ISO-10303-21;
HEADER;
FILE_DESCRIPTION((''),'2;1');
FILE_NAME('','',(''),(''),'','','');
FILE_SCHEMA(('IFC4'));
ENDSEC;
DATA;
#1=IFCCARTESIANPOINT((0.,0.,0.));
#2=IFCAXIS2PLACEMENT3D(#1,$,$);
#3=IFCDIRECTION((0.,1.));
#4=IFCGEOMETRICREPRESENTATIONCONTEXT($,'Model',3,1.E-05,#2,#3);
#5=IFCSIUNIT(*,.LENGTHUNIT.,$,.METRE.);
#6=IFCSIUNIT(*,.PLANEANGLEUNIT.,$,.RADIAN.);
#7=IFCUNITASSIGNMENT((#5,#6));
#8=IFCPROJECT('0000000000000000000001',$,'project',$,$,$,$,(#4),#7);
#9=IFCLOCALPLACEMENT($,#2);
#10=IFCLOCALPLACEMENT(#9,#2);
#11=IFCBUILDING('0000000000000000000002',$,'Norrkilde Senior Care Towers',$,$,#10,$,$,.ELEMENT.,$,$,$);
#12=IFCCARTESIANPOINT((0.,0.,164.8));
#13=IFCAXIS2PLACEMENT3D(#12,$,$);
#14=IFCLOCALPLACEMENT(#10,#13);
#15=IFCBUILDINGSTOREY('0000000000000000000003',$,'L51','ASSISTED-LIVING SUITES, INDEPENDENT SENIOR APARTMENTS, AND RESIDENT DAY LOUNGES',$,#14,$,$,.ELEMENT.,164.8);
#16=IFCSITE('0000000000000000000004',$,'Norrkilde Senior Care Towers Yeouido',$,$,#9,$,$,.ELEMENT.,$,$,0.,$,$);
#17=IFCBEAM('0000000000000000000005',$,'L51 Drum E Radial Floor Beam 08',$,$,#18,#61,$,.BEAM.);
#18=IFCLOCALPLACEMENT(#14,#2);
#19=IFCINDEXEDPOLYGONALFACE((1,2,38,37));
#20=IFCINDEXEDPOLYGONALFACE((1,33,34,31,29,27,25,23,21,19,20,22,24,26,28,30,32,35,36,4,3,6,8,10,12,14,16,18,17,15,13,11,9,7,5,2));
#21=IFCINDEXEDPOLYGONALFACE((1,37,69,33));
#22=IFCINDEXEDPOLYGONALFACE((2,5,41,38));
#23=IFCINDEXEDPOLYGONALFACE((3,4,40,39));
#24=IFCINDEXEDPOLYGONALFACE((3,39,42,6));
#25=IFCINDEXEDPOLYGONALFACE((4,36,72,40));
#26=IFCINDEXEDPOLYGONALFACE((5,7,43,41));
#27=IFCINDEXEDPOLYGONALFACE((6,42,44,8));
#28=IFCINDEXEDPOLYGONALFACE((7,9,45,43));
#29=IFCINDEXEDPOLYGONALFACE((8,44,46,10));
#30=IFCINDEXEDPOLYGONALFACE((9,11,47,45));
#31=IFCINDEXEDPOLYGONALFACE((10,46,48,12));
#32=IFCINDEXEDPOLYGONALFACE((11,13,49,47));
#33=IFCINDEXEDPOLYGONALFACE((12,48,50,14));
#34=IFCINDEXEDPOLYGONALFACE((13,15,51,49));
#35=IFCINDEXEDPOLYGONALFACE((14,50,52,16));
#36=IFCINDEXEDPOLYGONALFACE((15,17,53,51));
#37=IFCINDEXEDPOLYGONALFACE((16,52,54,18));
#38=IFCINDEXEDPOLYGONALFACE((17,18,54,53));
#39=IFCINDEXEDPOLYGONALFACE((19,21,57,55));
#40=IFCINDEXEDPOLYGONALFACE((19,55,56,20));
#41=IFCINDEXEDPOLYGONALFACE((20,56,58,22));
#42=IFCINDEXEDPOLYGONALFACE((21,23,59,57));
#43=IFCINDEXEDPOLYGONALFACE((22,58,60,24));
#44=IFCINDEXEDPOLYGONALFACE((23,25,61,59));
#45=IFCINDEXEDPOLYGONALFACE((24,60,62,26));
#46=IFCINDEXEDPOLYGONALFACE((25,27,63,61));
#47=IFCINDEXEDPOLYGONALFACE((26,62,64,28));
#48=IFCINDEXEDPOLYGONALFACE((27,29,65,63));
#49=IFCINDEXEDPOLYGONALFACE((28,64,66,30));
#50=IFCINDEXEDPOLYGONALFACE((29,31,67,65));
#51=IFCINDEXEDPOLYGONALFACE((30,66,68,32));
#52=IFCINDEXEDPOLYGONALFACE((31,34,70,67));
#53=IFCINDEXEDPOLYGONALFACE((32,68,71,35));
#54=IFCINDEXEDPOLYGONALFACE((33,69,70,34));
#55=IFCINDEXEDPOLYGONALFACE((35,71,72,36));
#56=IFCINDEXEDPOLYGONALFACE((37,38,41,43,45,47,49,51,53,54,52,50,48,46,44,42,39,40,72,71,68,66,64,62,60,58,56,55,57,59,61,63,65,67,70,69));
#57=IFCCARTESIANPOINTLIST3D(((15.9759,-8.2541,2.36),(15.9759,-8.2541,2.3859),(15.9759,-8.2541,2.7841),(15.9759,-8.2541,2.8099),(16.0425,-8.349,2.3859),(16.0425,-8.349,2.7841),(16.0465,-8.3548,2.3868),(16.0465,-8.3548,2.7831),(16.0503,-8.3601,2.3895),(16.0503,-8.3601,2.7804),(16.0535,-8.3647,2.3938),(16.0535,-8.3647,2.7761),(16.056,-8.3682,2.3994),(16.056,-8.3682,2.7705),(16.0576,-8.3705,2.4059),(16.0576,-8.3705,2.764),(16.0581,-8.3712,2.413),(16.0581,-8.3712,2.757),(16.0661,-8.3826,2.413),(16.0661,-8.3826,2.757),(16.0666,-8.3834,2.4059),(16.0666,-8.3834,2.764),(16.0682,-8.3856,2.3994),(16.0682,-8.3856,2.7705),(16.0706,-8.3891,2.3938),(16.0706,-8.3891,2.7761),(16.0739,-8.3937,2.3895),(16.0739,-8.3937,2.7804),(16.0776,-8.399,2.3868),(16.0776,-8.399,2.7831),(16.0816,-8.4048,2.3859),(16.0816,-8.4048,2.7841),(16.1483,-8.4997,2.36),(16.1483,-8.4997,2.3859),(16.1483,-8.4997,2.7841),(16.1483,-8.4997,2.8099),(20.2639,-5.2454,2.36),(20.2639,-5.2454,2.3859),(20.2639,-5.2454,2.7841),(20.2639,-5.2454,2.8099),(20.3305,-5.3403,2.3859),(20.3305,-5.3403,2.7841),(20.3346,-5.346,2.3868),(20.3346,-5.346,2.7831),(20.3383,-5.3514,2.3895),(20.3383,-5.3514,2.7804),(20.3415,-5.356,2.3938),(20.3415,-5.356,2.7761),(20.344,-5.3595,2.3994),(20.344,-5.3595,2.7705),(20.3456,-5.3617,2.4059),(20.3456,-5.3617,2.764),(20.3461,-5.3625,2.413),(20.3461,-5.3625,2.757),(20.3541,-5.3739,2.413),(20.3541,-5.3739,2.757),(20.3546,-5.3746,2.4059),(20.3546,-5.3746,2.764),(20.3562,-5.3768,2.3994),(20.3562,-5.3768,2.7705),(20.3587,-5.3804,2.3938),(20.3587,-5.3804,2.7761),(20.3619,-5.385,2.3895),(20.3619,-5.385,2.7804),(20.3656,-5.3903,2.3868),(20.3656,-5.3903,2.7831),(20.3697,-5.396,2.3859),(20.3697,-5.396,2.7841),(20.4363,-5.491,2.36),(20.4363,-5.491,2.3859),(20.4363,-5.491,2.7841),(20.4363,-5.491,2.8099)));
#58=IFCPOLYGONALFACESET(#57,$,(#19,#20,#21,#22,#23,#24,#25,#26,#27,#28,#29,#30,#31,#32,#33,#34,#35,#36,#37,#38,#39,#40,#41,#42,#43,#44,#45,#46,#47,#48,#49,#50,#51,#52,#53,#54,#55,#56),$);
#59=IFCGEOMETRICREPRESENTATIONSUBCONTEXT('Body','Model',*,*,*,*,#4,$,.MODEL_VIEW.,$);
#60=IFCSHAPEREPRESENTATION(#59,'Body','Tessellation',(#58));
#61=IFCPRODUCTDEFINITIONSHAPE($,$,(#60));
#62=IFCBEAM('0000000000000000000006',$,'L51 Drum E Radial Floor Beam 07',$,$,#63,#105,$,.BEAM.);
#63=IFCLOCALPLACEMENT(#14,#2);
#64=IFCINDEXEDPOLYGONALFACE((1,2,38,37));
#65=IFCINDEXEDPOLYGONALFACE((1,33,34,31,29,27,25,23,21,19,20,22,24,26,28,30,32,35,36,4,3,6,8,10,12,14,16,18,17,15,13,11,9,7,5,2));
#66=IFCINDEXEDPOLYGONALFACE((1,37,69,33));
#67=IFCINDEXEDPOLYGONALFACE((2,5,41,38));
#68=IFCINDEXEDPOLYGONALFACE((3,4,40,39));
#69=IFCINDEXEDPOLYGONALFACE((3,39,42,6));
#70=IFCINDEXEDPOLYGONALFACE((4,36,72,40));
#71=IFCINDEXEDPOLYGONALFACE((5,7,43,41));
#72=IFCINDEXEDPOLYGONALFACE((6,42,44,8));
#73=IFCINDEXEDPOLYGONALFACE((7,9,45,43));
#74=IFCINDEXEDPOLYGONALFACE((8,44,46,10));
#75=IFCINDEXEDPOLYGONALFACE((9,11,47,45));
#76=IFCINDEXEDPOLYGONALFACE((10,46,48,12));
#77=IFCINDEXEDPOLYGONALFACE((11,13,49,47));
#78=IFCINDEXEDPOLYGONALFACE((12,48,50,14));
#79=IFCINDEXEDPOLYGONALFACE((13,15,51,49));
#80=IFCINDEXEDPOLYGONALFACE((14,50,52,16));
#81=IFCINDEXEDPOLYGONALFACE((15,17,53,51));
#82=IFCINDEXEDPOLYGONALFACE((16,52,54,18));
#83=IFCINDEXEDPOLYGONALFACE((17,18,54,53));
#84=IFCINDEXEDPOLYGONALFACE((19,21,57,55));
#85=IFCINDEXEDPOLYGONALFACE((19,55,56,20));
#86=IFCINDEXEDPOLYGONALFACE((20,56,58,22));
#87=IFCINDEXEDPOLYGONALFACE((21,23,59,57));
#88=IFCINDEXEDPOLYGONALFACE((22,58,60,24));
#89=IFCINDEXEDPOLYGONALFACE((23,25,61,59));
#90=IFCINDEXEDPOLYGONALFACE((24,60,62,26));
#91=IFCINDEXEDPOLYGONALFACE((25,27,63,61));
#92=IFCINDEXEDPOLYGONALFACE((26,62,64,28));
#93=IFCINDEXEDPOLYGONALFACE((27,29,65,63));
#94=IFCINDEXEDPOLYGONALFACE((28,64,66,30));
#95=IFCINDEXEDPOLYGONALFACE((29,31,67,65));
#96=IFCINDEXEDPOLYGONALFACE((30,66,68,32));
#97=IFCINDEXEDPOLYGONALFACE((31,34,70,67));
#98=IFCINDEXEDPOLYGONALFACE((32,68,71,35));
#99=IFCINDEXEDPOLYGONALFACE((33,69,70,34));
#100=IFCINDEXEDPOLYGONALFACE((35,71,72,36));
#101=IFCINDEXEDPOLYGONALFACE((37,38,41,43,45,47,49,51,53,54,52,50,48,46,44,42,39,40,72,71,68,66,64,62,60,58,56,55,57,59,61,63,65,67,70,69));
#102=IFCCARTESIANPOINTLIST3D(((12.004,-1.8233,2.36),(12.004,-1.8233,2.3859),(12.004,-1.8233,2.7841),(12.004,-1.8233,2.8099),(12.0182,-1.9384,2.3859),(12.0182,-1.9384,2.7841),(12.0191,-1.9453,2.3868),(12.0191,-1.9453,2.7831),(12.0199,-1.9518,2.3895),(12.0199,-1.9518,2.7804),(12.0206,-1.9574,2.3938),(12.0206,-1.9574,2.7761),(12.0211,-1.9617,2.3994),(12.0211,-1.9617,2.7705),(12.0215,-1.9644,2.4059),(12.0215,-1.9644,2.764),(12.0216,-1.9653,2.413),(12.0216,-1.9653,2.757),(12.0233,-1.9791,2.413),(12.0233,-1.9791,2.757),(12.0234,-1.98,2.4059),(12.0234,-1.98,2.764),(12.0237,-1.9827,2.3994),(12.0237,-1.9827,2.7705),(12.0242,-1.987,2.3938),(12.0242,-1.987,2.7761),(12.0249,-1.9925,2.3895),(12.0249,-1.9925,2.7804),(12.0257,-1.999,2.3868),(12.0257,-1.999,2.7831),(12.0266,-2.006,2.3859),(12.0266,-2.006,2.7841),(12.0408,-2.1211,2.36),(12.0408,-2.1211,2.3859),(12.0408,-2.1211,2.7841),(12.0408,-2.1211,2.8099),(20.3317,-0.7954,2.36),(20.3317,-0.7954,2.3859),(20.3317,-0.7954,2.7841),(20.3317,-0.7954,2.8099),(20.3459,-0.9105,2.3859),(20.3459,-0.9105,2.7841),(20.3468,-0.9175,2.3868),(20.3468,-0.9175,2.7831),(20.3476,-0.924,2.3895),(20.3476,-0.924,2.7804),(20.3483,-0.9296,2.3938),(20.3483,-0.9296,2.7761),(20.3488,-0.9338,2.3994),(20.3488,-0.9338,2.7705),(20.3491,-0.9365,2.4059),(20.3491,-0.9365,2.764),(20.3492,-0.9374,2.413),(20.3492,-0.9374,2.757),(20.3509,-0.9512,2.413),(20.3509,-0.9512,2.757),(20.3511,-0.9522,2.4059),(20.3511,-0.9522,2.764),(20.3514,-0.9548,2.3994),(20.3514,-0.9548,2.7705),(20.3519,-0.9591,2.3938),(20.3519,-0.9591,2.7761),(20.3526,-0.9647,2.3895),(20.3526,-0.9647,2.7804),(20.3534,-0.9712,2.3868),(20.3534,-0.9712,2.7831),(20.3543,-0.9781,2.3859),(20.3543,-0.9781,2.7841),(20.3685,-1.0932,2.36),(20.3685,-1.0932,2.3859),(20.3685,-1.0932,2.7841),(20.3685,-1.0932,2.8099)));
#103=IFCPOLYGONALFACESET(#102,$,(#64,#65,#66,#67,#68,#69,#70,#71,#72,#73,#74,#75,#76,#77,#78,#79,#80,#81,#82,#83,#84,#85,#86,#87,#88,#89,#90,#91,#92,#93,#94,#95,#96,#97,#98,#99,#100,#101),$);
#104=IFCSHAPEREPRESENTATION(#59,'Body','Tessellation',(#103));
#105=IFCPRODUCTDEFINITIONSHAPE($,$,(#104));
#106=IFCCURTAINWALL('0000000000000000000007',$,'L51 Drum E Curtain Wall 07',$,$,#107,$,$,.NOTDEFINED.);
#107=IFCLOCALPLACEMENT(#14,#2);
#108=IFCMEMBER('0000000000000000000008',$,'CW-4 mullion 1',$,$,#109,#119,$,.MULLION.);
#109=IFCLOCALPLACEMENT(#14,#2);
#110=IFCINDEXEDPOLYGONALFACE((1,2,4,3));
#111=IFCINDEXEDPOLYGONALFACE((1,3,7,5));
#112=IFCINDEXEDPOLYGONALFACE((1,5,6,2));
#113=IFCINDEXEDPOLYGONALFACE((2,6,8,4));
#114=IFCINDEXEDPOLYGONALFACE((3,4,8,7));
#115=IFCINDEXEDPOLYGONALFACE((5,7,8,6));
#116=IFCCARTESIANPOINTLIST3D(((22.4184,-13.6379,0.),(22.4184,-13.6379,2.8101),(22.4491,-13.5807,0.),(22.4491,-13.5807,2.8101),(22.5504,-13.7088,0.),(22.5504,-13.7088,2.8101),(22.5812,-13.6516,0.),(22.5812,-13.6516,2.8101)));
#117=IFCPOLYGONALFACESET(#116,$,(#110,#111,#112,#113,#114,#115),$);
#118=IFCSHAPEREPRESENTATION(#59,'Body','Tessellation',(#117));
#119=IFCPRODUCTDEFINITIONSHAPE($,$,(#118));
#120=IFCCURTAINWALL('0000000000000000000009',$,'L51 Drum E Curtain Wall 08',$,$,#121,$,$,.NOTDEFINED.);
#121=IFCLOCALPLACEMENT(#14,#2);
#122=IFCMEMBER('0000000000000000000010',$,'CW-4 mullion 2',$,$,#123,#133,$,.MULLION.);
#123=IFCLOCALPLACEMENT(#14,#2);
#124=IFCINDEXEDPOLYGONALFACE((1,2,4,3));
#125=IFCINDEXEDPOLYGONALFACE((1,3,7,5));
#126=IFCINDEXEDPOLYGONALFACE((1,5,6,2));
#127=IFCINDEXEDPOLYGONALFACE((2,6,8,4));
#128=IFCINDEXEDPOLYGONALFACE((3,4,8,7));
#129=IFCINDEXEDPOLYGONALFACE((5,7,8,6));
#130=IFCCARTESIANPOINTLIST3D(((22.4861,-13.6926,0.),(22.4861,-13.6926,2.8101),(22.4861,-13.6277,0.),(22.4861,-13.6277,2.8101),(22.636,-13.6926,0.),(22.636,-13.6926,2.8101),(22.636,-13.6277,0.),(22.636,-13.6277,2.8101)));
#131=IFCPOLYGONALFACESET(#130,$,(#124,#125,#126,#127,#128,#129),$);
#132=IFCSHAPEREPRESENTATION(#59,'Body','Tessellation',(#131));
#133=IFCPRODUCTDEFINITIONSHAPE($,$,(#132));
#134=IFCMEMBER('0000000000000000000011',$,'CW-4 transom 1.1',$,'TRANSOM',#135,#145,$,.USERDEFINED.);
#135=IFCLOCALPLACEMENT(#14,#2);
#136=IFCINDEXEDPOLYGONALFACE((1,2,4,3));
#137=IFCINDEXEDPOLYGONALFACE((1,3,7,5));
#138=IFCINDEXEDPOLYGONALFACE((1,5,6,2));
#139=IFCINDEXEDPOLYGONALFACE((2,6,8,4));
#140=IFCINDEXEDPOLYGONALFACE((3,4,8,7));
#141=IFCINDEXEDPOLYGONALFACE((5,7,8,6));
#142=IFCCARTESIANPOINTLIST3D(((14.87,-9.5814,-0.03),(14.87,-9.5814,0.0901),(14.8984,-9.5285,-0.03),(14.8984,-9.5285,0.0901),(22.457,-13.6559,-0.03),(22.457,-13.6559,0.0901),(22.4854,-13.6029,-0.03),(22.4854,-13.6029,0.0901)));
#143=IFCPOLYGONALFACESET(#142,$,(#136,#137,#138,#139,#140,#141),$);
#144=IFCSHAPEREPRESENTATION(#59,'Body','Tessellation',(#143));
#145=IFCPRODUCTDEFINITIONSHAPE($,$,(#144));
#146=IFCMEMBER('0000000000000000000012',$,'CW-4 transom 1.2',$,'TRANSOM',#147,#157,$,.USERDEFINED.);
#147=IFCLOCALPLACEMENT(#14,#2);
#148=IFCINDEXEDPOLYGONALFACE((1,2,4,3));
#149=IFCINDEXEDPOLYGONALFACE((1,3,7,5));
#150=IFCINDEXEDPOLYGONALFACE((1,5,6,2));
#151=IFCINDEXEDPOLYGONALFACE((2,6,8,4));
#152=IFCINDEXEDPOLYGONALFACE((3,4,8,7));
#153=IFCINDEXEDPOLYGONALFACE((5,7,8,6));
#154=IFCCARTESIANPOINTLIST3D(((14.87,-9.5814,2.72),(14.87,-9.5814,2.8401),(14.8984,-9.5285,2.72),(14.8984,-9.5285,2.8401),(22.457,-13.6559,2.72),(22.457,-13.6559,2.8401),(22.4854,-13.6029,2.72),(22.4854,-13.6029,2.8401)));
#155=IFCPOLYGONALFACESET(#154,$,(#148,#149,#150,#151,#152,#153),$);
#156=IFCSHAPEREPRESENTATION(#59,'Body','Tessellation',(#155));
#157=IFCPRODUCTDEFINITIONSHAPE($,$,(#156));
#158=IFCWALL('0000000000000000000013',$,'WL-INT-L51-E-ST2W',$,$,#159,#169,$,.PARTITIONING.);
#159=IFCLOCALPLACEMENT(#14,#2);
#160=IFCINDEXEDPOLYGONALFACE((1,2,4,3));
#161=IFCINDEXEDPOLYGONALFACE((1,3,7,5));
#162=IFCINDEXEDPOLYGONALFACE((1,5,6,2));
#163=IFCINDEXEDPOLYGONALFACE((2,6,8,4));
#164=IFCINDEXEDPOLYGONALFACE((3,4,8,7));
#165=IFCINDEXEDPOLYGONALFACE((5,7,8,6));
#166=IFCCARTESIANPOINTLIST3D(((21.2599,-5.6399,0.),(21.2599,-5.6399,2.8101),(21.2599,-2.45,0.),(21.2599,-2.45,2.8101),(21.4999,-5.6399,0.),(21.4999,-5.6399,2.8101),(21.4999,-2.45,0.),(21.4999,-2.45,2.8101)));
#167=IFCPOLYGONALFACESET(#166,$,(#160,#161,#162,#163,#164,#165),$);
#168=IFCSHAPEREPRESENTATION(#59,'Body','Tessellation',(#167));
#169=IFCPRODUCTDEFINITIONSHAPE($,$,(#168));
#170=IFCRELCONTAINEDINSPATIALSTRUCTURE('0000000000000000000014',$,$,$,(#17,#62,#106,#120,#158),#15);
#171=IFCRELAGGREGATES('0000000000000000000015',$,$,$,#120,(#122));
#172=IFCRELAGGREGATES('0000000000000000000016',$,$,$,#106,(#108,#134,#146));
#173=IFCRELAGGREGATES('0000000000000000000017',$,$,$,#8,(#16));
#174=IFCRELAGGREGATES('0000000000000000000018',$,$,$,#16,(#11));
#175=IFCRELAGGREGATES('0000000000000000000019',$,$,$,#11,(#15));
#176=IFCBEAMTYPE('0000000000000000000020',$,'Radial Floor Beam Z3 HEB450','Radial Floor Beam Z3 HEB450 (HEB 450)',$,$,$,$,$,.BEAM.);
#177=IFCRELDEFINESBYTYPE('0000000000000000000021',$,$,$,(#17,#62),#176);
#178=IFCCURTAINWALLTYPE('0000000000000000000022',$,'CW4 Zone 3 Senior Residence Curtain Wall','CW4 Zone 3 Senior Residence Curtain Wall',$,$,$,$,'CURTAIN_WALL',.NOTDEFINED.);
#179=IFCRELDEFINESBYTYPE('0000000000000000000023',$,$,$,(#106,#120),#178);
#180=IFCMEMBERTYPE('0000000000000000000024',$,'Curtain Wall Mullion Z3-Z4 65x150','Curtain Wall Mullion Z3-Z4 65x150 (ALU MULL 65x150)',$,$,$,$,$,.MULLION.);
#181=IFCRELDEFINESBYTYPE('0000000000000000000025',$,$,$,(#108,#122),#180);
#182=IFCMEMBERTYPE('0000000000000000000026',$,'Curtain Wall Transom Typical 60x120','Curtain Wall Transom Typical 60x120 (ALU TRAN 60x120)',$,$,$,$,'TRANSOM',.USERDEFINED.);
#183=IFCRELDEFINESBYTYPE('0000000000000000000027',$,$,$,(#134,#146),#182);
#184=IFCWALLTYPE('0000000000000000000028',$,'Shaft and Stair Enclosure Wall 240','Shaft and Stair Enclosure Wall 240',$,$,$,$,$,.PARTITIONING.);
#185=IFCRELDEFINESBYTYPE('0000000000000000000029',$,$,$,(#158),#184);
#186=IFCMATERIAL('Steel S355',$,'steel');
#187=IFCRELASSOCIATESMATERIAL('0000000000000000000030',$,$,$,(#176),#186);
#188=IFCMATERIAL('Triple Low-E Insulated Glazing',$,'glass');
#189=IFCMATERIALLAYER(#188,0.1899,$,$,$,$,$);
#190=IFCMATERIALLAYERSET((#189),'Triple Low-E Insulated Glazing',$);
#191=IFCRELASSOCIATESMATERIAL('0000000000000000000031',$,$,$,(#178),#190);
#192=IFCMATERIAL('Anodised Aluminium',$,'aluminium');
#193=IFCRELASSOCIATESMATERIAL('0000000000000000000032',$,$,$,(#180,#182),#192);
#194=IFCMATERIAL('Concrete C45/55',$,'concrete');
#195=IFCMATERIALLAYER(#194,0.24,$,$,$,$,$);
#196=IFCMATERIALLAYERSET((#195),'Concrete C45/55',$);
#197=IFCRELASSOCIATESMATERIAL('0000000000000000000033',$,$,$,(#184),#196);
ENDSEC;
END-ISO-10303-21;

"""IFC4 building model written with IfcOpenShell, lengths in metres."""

from ifc_helpers import new_model, si_unit, direction, frame, frame_2d, origin, origin_2d, place, context, subcontext, project, spatial, rectangle, i_section, extrude, source, transform, mapped, material, layer, layer_set, material_profile, profile_set, type_object, type_shapes, element, aggregate, save


model = new_model("IFC4")

# Units and contexts
model_context = context("Model", 3, precision=1e-05, world=origin(), true_north=direction((0.0, 1.0)))
body_context = subcontext(model_context, "Body", "Model", "MODEL_VIEW")
ifc_project = project(units=[si_unit("LENGTHUNIT", "METRE"), si_unit("PLANEANGLEUNIT", "RADIAN")], contexts=[model_context])

# Site, building, storey
site_placement = place(None, origin())
site = spatial("IfcSite", under=ifc_project, at=site_placement, Name="Norrkilde Senior Care Towers Yeouido", CompositionType="ELEMENT", RefElevation=0.0)
building_placement = place(site_placement, origin())
building = spatial("IfcBuilding", under=site, at=building_placement, Name="Norrkilde Senior Care Towers", CompositionType="ELEMENT")
storey_placement = place(building_placement, frame((0.0, 0.0, 164.8)))
storey = spatial("IfcBuildingStorey", under=building, at=storey_placement, Name="L51", Description="ASSISTED-LIVING SUITES, INDEPENDENT SENIOR APARTMENTS, AND RESIDENT DAY LOUNGES", CompositionType="ELEMENT", Elevation=164.8)

# Beams
ifc_material_1 = material(Name="Steel S355", Category="steel")
ifc_material_profile_1 = material_profile(ifc_material_1, i_section(OverallWidth=0.3, OverallDepth=0.45, WebThickness=0.0139, FlangeThickness=0.0259, FilletRadius=0.0271, at=origin_2d()), Name="HEB 450")
ifc_profile_set_1 = profile_set([ifc_material_profile_1], Name="Steel S355")
beam_type_1 = type_object("IfcBeamType", Name="Radial Floor Beam Z3 HEB450", Description="Radial Floor Beam Z3 HEB450 (HEB 450)", PredefinedType="BEAM", material=ifc_profile_set_1)
shared_shape_1 = source(origin(), body_context, "Body", "SweptSolid", [
    extrude(i_section(OverallWidth=0.3, OverallDepth=0.45, WebThickness=0.0139, FlangeThickness=0.0259, FilletRadius=0.0271, at=origin_2d()), origin(), (0.0, 0.0, 1.0), 5.2383),
])
beam_1_placement = place(storey_placement, frame((20.3501, -5.3682, 2.585), z_axis=(-0.818592, -0.574375, 0.0), x_axis=(0.574375, -0.818592, 0.0)))
element("IfcBeam", 1, at=beam_1_placement, inside=storey, type_object=beam_type_1, Name="L51 Drum E Radial Floor Beam 08", PredefinedType="BEAM", context=body_context, shape_type="MappedRepresentation", body=[
    mapped(shared_shape_1, transform((0.0, 0.0, 0.0), x_axis=(1.0, 0.0, 0.0), y_axis=(0.0, 1.0, 0.0), z_axis=(0.0, 0.0, 1.0), scale=1.0)),
])
shared_shape_2 = source(origin(), body_context, "Body", "SweptSolid", [
    extrude(i_section(OverallWidth=0.3, OverallDepth=0.45, WebThickness=0.0139, FlangeThickness=0.0259, FilletRadius=0.0271, at=origin_2d()), origin(), (0.0, 0.0, 1.0), 8.3909),
])
beam_2_placement = place(storey_placement, frame((20.3501, -0.9443, 2.585), z_axis=(-0.992469, -0.122495, 0.0), x_axis=(0.122495, -0.992469, 0.0)))
element("IfcBeam", 2, at=beam_2_placement, inside=storey, type_object=beam_type_1, Name="L51 Drum E Radial Floor Beam 07", PredefinedType="BEAM", context=body_context, shape_type="MappedRepresentation", body=[
    mapped(shared_shape_2, transform((0.0, 0.0, 0.0), x_axis=(1.0, 0.0, 0.0), y_axis=(0.0, 1.0, 0.0), z_axis=(0.0, 0.0, 1.0), scale=1.0)),
])

# Curtain walls, members
ifc_material_2 = material(Name="Triple Low-E Insulated Glazing", Category="glass")
ifc_layer_1 = layer(ifc_material_2, 0.1899)
ifc_layer_set_1 = layer_set([ifc_layer_1], Name="Triple Low-E Insulated Glazing")
curtain_wall_type = type_object("IfcCurtainWallType", Name="CW4 Zone 3 Senior Residence Curtain Wall", Description="CW4 Zone 3 Senior Residence Curtain Wall", ElementType="CURTAIN_WALL", PredefinedType="NOTDEFINED", material=ifc_layer_set_1)
curtain_wall_1_placement = place(storey_placement, origin())
curtain_wall_1 = element("IfcCurtainWall", 3, at=curtain_wall_1_placement, inside=storey, type_object=curtain_wall_type, Name="L51 Drum E Curtain Wall 07", PredefinedType="NOTDEFINED")
ifc_material_3 = material(Name="Anodised Aluminium", Category="aluminium")
ifc_material_profile_2 = material_profile(ifc_material_3, rectangle(XDim=0.0649, YDim=0.1499, at=origin_2d()), Name="ALU MULL 65x150")
ifc_profile_set_2 = profile_set([ifc_material_profile_2], Name="Anodised Aluminium")
member_type_1 = type_object("IfcMemberType", Name="Curtain Wall Mullion Z3-Z4 65x150", Description="Curtain Wall Mullion Z3-Z4 65x150 (ALU MULL 65x150)", PredefinedType="MULLION", material=ifc_profile_set_2)
shared_shape_3 = source(origin(), body_context, "Body", "SweptSolid", [
    extrude(rectangle(XDim=0.0649, YDim=0.1499, at=origin_2d()), origin(), (0.0, 0.0, 1.0), 2.8101),
])
type_shapes(member_type_1, [shared_shape_3])
member_1_placement = place(storey_placement, frame((22.4998, -13.6448, 0.0), z_axis=(0.0, 0.0, 1.0), x_axis=(-0.473117, -0.881, 0.0)))
member_1 = element("IfcMember", 4, at=member_1_placement, type_object=member_type_1, Name="CW-4 mullion 1", PredefinedType="MULLION", context=body_context, shape_type="MappedRepresentation", body=[
    mapped(shared_shape_3, transform((0.0, 0.0, 0.0), x_axis=(1.0, 0.0, 0.0), y_axis=(0.0, 1.0, 0.0), z_axis=(0.0, 0.0, 1.0), scale=1.0)),
])
curtain_wall_2_placement = place(storey_placement, origin())
curtain_wall_2 = element("IfcCurtainWall", 5, at=curtain_wall_2_placement, inside=storey, type_object=curtain_wall_type, Name="L51 Drum E Curtain Wall 08", PredefinedType="NOTDEFINED")
member_2_placement = place(storey_placement, frame((22.561, -13.6602, 0.0), z_axis=(0.0, 0.0, 1.0), x_axis=(0.0, -1.0, 0.0)))
member_2 = element("IfcMember", 6, at=member_2_placement, type_object=member_type_1, Name="CW-4 mullion 2", PredefinedType="MULLION", context=body_context, shape_type="MappedRepresentation", body=[
    mapped(shared_shape_3, transform((0.0, 0.0, 0.0), x_axis=(1.0, 0.0, 0.0), y_axis=(0.0, 1.0, 0.0), z_axis=(0.0, 0.0, 1.0), scale=1.0)),
])
aggregate(curtain_wall_2, [member_2])

# Members
ifc_material_profile_3 = material_profile(ifc_material_3, rectangle(XDim=0.0601, YDim=0.1201, at=origin_2d()), Name="ALU TRAN 60x120")
ifc_profile_set_3 = profile_set([ifc_material_profile_3], Name="Anodised Aluminium")
member_type_2 = type_object("IfcMemberType", Name="Curtain Wall Transom Typical 60x120", Description="Curtain Wall Transom Typical 60x120 (ALU TRAN 60x120)", ElementType="TRANSOM", PredefinedType="USERDEFINED", material=ifc_profile_set_3)
shared_shape_4 = source(origin(), body_context, "Body", "SweptSolid", [
    extrude(rectangle(XDim=0.0601, YDim=0.1201, at=origin_2d()), origin(), (0.0, 0.0, 1.0), 8.6118),
])
type_shapes(member_type_2, [shared_shape_4])
member_3_placement = place(storey_placement, frame((22.4712, -13.6294, 0.03), z_axis=(-0.880994, 0.473127, 0.0), x_axis=(-0.473127, -0.880994, 0.0)))
member_3 = element("IfcMember", 7, at=member_3_placement, type_object=member_type_2, Name="CW-4 transom 1.1", ObjectType="TRANSOM", PredefinedType="USERDEFINED", context=body_context, shape_type="MappedRepresentation", body=[
    mapped(shared_shape_4, transform((0.0, 0.0, 0.0), x_axis=(1.0, 0.0, 0.0), y_axis=(0.0, 1.0, 0.0), z_axis=(0.0, 0.0, 1.0), scale=1.0)),
])
member_4_placement = place(storey_placement, frame((22.4712, -13.6294, 2.78), z_axis=(-0.880994, 0.473127, 0.0), x_axis=(-0.473127, -0.880994, 0.0)))
member_4 = element("IfcMember", 8, at=member_4_placement, type_object=member_type_2, Name="CW-4 transom 1.2", ObjectType="TRANSOM", PredefinedType="USERDEFINED", context=body_context, shape_type="MappedRepresentation", body=[
    mapped(shared_shape_4, transform((0.0, 0.0, 0.0), x_axis=(1.0, 0.0, 0.0), y_axis=(0.0, 1.0, 0.0), z_axis=(0.0, 0.0, 1.0), scale=1.0)),
])
aggregate(curtain_wall_1, [member_1, member_3, member_4])

# Shared definitions
ifc_material_4 = material(Name="Concrete C45/55", Category="concrete")
ifc_layer_2 = layer(ifc_material_4, 0.24)
ifc_layer_set_2 = layer_set([ifc_layer_2], Name="Concrete C45/55")
wall_type_1 = type_object("IfcWallType", Name="Shaft and Stair Enclosure Wall 240", Description="Shaft and Stair Enclosure Wall 240", PredefinedType="PARTITIONING", material=ifc_layer_set_2)

# Wall
shared_shape_5 = source(origin(), body_context, "Body", "SweptSolid", [
    extrude(rectangle(XDim=3.1899, YDim=0.24, at=frame_2d((1.595, 0.0))), origin(), (0.0, 0.0, 1.0), 2.8101),
])
wall_1_placement = place(storey_placement, frame((21.3799, -5.6399, 0.0), z_axis=(0.0, 0.0, 1.0), x_axis=(0.0, 1.0, 0.0)))
element("IfcWall", 9, at=wall_1_placement, inside=storey, type_object=wall_type_1, Name="WL-INT-L51-E-ST2W", PredefinedType="PARTITIONING", context=body_context, shape_type="MappedRepresentation", body=[
    mapped(shared_shape_5, transform((0.0, 0.0, 0.0), x_axis=(1.0, 0.0, 0.0), y_axis=(0.0, 1.0, 0.0), z_axis=(0.0, 0.0, 1.0), scale=1.0)),
])

save(model, "model.ifc")
